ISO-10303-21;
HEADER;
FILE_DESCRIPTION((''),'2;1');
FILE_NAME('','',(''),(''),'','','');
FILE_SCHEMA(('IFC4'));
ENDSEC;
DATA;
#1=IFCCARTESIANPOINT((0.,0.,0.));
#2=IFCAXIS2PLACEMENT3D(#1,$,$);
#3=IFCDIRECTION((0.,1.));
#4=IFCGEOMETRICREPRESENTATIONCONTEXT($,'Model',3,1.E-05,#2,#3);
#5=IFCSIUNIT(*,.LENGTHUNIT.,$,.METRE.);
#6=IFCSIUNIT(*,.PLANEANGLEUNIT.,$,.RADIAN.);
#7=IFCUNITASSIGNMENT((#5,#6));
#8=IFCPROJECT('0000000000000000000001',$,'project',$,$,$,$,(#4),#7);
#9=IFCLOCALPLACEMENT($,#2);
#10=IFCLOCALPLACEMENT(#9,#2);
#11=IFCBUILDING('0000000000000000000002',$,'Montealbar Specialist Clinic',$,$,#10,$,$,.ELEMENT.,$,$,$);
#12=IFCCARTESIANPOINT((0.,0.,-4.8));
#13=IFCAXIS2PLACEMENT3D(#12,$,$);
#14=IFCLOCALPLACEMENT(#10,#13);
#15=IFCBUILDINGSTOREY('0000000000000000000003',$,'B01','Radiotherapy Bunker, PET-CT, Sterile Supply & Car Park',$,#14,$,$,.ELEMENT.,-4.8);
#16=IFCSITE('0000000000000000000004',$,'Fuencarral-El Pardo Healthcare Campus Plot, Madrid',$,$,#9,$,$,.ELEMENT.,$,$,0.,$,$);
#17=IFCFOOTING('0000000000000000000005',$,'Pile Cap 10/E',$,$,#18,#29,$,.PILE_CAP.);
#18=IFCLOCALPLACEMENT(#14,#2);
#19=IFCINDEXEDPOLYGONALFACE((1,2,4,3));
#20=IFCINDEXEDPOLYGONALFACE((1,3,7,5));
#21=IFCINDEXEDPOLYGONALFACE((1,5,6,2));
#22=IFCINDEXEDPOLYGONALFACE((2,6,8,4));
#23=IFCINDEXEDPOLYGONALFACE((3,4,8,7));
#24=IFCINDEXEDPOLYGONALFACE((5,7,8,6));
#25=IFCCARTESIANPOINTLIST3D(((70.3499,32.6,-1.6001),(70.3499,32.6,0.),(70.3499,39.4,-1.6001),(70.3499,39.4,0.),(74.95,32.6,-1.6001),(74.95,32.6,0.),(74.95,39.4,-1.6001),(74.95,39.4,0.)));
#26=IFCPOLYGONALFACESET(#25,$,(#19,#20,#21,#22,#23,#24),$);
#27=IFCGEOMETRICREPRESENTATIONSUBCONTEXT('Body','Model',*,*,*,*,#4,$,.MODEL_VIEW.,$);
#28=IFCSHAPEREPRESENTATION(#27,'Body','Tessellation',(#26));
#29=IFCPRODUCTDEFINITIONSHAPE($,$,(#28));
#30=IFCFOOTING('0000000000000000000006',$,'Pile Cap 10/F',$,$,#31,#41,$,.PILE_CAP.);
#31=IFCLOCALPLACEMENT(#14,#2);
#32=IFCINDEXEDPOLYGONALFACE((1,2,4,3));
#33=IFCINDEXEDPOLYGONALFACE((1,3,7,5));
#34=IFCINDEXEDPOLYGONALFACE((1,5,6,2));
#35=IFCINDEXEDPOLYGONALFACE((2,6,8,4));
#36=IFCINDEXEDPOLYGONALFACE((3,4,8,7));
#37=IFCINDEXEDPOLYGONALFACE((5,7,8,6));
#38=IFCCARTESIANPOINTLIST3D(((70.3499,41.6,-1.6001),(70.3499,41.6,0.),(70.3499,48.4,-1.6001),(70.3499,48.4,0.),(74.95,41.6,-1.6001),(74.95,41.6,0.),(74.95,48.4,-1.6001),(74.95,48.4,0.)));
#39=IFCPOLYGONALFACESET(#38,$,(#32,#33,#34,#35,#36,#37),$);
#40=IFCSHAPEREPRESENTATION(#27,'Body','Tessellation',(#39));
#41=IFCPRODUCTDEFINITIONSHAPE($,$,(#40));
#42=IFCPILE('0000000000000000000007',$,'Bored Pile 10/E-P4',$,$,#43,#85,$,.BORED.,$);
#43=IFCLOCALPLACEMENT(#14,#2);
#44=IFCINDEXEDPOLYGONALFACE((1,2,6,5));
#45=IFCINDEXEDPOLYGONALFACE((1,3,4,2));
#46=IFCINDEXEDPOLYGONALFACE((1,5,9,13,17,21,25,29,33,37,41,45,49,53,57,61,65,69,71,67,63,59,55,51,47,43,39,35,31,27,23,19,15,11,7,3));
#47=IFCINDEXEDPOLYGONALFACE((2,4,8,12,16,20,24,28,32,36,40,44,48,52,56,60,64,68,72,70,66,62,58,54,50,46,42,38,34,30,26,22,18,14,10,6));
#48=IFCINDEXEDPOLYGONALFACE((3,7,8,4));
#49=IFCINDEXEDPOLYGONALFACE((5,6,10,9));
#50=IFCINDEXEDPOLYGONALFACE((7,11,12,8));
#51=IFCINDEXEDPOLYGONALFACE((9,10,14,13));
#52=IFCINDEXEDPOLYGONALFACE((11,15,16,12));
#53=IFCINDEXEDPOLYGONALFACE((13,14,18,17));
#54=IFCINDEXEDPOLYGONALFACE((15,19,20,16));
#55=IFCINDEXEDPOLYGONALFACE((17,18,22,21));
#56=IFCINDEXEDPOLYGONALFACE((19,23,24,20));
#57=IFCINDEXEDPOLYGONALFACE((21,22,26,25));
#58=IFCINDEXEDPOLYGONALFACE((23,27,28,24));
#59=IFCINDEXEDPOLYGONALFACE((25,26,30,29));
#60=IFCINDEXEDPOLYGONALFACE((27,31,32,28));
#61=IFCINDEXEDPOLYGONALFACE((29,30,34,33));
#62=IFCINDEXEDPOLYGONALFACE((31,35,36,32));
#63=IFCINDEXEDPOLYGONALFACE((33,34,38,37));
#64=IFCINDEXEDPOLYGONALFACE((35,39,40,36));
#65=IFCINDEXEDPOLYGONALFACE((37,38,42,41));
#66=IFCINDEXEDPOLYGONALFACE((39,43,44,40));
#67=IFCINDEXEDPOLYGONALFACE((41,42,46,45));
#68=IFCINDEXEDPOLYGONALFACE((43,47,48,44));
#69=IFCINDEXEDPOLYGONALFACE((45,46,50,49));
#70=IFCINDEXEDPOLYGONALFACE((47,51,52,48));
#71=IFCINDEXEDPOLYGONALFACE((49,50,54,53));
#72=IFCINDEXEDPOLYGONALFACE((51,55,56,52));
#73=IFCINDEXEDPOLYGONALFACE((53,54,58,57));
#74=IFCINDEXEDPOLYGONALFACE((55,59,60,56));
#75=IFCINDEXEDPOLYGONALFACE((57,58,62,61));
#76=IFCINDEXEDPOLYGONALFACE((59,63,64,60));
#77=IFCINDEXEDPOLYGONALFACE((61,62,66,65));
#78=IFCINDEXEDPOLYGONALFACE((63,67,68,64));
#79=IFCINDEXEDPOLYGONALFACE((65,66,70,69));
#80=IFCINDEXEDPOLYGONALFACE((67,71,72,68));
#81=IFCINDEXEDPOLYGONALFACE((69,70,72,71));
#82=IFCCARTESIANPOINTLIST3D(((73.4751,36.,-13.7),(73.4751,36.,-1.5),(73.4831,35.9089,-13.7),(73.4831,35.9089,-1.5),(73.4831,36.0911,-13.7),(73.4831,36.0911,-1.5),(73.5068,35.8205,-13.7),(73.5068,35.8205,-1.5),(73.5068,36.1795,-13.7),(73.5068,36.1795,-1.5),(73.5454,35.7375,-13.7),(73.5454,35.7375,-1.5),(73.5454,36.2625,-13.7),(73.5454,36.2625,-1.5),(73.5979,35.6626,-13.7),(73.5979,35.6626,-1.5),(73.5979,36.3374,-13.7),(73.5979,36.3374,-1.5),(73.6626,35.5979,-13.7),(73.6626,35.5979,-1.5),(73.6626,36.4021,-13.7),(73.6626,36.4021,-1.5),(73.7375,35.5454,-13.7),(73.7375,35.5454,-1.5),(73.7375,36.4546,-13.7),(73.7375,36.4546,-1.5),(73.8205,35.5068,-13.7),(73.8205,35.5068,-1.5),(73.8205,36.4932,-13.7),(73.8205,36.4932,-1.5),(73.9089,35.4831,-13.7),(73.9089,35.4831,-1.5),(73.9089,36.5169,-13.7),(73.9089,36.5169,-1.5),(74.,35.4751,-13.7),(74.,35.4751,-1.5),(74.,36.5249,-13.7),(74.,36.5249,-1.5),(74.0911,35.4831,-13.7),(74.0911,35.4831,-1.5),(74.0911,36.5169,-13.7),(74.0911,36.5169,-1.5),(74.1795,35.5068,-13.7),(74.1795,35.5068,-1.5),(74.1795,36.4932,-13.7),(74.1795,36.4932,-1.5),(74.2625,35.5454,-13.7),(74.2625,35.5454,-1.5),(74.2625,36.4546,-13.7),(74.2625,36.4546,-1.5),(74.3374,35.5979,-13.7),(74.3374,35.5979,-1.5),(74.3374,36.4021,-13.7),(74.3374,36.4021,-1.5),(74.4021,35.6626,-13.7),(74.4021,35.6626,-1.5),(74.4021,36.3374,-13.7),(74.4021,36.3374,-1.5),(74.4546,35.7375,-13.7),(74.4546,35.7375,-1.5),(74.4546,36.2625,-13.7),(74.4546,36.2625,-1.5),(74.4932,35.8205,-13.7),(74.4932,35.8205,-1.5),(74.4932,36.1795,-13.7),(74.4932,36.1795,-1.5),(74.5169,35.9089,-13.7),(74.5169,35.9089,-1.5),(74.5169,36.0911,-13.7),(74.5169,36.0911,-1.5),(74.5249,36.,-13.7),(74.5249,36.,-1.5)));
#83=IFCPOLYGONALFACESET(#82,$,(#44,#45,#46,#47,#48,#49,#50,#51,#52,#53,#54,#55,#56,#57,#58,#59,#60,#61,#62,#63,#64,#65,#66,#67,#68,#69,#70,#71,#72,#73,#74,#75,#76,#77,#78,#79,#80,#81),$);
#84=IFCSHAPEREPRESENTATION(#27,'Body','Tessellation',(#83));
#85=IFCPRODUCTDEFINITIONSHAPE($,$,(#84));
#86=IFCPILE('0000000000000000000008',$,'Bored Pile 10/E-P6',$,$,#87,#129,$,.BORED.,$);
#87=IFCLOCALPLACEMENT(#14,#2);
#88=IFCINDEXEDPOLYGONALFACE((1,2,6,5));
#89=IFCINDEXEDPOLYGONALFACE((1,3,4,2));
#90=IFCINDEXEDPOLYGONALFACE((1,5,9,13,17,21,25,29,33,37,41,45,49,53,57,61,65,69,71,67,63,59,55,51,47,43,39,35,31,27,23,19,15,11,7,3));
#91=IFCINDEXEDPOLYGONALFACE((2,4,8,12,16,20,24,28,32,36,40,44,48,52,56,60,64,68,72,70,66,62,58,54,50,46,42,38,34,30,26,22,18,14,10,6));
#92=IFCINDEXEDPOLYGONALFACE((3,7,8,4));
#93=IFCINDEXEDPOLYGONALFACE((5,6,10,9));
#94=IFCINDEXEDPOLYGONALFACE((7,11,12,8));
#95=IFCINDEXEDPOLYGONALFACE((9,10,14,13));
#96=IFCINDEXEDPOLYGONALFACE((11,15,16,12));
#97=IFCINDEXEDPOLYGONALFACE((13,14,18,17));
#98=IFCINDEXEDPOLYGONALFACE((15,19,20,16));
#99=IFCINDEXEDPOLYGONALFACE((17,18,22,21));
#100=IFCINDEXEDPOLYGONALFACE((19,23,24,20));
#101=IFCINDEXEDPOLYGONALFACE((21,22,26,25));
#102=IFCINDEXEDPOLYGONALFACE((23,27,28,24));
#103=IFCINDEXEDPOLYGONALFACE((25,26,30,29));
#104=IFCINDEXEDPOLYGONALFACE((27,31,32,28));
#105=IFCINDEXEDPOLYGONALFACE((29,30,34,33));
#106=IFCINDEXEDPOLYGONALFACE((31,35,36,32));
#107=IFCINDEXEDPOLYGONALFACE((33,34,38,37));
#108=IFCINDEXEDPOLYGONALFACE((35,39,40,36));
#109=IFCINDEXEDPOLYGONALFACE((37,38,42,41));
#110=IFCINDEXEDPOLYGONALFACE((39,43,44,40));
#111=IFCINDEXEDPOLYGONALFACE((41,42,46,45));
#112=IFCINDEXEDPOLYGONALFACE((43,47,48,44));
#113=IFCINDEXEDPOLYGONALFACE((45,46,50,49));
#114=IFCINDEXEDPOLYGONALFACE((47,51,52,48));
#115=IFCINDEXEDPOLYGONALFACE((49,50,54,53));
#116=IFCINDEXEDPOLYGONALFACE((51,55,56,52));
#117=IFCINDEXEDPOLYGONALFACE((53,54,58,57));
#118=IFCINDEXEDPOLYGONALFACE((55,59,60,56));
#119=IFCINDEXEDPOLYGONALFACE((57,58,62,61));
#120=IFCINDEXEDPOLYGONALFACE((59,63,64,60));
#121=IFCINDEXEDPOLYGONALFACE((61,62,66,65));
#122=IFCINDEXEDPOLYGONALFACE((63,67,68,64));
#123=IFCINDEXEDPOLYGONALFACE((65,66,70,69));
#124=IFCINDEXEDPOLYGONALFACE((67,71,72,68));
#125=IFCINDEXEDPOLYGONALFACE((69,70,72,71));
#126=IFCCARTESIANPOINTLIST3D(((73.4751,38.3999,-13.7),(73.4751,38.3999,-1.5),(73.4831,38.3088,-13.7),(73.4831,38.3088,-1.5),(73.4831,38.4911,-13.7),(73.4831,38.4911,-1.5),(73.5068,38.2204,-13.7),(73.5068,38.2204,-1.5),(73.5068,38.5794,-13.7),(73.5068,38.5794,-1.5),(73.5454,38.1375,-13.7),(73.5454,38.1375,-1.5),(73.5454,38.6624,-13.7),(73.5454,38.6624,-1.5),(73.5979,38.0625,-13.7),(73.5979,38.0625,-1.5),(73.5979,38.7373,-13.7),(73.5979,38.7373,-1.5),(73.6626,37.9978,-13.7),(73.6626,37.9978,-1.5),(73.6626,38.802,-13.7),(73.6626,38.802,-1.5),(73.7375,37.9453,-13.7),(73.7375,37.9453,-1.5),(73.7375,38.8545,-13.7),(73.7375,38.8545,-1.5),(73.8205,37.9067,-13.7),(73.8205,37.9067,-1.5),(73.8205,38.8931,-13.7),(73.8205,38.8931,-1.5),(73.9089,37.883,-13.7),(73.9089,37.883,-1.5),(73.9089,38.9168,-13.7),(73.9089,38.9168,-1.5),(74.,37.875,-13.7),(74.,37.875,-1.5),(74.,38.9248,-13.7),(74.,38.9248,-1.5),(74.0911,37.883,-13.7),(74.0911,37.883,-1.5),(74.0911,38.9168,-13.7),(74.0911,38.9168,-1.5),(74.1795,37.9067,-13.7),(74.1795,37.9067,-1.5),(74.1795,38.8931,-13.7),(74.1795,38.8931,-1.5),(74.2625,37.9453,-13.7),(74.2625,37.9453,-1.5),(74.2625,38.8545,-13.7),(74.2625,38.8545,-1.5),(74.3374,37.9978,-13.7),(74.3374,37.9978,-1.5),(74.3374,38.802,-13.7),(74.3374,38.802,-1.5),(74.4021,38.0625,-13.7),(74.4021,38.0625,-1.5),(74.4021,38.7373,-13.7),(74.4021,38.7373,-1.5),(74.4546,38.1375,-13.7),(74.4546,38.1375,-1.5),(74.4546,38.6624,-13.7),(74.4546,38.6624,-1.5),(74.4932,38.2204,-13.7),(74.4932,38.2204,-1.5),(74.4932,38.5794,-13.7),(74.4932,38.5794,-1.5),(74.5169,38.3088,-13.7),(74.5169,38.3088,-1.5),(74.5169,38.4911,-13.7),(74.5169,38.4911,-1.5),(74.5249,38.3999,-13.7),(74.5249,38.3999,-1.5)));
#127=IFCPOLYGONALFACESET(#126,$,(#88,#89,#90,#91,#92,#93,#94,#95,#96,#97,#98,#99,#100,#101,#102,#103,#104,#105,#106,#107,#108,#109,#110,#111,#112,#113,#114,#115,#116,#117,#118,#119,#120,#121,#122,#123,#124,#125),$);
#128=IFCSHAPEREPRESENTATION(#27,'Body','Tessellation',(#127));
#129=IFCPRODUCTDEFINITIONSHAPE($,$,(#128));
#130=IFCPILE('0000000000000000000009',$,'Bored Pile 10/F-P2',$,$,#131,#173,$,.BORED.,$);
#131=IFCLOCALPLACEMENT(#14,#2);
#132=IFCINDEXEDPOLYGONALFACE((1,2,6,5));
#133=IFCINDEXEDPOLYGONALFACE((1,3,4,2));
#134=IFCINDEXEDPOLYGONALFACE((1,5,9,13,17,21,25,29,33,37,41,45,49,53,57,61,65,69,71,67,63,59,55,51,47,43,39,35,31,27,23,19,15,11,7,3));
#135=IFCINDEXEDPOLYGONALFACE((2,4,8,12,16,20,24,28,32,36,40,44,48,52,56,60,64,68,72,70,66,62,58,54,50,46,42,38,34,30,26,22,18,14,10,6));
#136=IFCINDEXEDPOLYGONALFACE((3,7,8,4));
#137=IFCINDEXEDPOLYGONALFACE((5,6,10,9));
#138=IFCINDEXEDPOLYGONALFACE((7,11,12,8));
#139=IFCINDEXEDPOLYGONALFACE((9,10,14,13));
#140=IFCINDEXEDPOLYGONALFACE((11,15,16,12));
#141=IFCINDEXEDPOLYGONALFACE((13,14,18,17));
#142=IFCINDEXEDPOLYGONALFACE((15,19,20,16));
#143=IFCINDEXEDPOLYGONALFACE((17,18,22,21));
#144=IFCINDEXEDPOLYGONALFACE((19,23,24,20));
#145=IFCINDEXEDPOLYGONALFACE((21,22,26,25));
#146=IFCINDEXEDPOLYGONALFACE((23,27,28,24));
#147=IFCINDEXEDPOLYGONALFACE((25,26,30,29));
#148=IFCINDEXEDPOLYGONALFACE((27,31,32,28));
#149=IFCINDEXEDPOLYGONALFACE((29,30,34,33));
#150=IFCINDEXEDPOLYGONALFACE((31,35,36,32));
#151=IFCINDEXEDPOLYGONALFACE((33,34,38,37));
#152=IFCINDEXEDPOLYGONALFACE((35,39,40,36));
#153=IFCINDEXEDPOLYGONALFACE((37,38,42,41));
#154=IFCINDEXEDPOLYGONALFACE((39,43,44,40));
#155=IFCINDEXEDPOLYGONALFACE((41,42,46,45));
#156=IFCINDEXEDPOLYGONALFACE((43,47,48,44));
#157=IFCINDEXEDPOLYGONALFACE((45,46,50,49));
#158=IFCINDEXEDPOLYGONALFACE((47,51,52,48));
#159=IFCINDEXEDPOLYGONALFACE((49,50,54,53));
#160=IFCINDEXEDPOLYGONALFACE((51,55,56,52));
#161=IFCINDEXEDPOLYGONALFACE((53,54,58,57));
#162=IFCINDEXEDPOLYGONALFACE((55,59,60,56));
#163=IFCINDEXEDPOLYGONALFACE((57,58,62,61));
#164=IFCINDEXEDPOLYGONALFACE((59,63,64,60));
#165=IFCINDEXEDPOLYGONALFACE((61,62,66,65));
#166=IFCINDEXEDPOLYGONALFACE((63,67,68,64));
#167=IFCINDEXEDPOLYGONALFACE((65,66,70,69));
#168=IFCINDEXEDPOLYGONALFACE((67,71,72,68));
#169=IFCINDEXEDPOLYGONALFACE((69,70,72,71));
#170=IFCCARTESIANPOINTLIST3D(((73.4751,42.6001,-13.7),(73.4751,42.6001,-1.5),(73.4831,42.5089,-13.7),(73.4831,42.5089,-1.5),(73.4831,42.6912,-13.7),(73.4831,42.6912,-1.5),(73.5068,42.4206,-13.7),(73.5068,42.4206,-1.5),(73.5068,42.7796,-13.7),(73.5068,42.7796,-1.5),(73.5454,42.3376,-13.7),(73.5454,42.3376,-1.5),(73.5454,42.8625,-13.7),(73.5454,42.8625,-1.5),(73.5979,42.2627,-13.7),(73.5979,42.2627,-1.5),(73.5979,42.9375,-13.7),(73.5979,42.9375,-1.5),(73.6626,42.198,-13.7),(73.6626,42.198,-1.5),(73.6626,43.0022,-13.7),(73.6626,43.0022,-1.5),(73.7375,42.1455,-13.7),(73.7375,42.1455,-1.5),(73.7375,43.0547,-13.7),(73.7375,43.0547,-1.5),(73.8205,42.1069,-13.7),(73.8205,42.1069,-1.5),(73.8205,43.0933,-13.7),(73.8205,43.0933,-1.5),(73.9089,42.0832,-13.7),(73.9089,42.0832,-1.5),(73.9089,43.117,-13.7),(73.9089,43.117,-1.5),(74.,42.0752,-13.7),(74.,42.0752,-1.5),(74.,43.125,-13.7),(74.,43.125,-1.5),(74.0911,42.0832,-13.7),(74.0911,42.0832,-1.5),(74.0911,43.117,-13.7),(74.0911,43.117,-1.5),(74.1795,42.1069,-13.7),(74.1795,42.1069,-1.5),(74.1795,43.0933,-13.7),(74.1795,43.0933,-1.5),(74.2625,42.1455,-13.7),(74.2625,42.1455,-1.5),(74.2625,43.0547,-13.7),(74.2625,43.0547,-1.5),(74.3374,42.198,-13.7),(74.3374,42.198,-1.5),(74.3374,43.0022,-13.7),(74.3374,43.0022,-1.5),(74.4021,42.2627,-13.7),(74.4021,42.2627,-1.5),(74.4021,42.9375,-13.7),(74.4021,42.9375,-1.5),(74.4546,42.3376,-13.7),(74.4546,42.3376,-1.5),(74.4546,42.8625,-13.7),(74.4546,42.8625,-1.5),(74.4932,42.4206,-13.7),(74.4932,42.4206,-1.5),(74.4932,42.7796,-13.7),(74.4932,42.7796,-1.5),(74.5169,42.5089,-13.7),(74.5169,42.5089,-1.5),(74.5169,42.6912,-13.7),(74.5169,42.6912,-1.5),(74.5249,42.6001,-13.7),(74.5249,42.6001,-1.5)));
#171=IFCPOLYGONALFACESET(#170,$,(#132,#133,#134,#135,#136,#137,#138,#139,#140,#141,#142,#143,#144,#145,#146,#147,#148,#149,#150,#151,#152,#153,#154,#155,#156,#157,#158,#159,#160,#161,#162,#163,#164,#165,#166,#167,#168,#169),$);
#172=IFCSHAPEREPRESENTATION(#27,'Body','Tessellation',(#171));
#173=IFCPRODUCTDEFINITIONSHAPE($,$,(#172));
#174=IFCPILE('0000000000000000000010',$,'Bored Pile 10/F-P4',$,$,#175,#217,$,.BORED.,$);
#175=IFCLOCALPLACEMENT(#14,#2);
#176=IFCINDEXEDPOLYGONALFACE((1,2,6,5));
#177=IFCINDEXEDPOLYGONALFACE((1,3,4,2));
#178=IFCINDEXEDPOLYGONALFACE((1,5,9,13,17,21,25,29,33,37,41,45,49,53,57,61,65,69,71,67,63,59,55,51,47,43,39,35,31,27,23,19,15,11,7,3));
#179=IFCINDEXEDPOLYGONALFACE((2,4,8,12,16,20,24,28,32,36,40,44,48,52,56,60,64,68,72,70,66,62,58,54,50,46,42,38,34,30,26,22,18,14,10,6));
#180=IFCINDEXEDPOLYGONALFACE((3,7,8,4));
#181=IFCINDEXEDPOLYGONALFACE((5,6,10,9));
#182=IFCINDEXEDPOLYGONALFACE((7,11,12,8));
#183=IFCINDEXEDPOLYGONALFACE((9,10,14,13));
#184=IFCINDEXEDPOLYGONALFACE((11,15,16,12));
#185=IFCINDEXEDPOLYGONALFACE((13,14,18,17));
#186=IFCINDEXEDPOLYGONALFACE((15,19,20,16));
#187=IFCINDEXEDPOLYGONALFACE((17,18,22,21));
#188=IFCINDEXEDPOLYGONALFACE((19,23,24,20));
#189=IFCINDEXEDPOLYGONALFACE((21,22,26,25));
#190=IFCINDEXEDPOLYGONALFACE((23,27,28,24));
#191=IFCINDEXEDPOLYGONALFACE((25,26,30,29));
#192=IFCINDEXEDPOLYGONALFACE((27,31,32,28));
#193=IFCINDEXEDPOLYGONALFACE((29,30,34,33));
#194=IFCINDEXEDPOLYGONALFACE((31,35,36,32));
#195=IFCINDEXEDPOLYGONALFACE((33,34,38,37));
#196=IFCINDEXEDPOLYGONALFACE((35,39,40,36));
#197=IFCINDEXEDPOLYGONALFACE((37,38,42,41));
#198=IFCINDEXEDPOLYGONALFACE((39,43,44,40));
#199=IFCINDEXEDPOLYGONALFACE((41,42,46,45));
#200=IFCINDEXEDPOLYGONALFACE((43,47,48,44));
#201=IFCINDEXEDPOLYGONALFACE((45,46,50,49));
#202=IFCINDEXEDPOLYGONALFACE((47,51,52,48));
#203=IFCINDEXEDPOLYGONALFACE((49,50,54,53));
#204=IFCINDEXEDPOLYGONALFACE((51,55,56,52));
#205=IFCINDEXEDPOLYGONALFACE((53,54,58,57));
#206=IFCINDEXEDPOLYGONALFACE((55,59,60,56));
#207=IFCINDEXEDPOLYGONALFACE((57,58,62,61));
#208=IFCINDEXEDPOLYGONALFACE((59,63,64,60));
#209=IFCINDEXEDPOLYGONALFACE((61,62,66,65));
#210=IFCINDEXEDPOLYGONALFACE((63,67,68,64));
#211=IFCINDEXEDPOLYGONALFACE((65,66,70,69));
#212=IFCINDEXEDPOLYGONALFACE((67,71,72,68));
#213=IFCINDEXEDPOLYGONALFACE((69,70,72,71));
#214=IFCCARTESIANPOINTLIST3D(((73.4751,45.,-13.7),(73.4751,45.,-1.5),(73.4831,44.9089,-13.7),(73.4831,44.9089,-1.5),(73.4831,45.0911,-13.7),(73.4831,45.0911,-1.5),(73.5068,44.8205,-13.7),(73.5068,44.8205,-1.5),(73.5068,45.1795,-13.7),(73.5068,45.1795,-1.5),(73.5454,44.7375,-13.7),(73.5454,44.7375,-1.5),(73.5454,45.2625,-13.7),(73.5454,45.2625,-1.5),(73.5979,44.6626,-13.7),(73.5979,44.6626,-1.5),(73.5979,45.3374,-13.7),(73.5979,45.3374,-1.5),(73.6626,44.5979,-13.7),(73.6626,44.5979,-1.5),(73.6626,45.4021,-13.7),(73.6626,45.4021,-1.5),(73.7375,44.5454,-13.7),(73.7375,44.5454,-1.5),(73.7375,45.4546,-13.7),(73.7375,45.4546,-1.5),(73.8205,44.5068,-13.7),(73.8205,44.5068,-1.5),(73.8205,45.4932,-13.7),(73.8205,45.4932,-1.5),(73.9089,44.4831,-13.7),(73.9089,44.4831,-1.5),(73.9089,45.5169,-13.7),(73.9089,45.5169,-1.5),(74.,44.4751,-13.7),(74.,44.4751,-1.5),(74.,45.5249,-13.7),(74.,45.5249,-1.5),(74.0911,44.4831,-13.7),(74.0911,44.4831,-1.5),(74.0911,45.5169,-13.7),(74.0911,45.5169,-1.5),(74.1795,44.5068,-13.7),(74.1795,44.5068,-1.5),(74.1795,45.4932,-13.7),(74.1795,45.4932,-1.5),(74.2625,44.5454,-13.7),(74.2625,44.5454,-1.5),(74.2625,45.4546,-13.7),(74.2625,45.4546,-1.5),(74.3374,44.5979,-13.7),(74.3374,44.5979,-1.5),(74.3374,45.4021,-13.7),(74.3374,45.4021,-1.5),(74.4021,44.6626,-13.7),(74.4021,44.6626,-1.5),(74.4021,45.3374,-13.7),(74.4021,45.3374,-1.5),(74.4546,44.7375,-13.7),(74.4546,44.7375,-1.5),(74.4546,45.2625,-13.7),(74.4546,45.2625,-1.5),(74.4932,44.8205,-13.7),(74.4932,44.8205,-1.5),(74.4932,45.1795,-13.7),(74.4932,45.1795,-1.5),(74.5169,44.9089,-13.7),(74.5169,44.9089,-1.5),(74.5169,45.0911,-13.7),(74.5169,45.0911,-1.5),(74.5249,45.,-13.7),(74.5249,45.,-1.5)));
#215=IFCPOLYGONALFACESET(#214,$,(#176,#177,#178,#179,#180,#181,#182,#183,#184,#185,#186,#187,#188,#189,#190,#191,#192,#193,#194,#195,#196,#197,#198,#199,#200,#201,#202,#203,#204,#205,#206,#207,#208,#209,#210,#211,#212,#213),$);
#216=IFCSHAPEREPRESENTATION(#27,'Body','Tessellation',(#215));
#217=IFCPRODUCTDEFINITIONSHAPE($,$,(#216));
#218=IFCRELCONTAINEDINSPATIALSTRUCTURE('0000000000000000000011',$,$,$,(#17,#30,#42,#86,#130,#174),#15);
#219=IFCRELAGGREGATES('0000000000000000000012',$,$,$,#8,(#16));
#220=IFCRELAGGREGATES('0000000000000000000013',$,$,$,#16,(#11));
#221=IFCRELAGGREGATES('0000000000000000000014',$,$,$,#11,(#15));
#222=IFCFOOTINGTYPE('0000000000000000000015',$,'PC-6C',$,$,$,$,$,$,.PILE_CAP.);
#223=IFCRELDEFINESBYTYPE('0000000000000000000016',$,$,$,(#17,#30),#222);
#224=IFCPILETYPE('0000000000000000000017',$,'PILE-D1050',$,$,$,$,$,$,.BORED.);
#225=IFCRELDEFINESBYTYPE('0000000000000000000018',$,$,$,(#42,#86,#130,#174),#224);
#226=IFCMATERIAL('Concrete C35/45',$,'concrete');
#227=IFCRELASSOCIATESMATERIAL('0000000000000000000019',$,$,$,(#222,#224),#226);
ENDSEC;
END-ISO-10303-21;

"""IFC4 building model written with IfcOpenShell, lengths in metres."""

from ifc_helpers import new_model, si_unit, direction, frame, origin, origin_2d, place, context, subcontext, project, spatial, rectangle, circle, extrude, material, material_profile, profile_set, type_object, element, save


model = new_model("IFC4")

# Units and contexts
model_context = context("Model", 3, precision=1e-05, world=origin(), true_north=direction((0.0, 1.0)))
body_context = subcontext(model_context, "Body", "Model", "MODEL_VIEW")
ifc_project = project(units=[si_unit("LENGTHUNIT", "METRE"), si_unit("PLANEANGLEUNIT", "RADIAN")], contexts=[model_context])

# Site, building, storey
site_placement = place(None, origin())
site = spatial("IfcSite", under=ifc_project, at=site_placement, Name="Fuencarral-El Pardo Healthcare Campus Plot, Madrid", CompositionType="ELEMENT", RefElevation=0.0)
building_placement = place(site_placement, origin())
building = spatial("IfcBuilding", under=site, at=building_placement, Name="Montealbar Specialist Clinic", CompositionType="ELEMENT")
storey_placement = place(building_placement, frame((0.0, 0.0, -4.8)))
storey = spatial("IfcBuildingStorey", under=building, at=storey_placement, Name="B01", Description="Radiotherapy Bunker, PET-CT, Sterile Supply & Car Park", CompositionType="ELEMENT", Elevation=-4.8)

# Footings
ifc_material_1 = material(Name="Concrete C35/45", Category="concrete")
footing_type = type_object("IfcFootingType", Name="PC-6C", PredefinedType="PILE_CAP", material=ifc_material_1)
for number, where, z_axis, x_axis, name in (
    (1, (72.6499, 36.0, -1.6001), (0.0, 0.0, 1.0), (1.0, 0.0, 0.0), "Pile Cap 10/E"),
    (2, (72.6499, 45.0, -1.6001), (0.0, 0.0, 1.0), (1.0, 0.0, 0.0), "Pile Cap 10/F"),
):
    element("IfcFooting", number, at=place(storey_placement, frame(where, z_axis=z_axis, x_axis=x_axis)), inside=storey, type_object=footing_type, Name=name, PredefinedType="PILE_CAP", context=body_context, shape_type="SweptSolid", body=[
        extrude(rectangle(XDim=4.6001, YDim=6.8, at=origin_2d()), origin(), (0.0, 0.0, 1.0), 1.6001),
    ])

# Piles
ifc_material_profile_1 = material_profile(ifc_material_1, circle(Radius=0.5249, at=origin_2d()), Name="PILE D1050", Category="concrete")
ifc_profile_set_1 = profile_set([ifc_material_profile_1], Name="Concrete C35/45")
pile_type = type_object("IfcPileType", Name="PILE-D1050", PredefinedType="BORED", material=ifc_profile_set_1)
for number, where, z_axis, x_axis, name in (
    (3, (74.0, 36.0, -1.5), (0.0, 0.0, -1.0), (1.0, 0.0, 0.0), "Bored Pile 10/E-P4"),
    (4, (74.0, 38.3999, -1.5), (0.0, 0.0, -1.0), (1.0, 0.0, 0.0), "Bored Pile 10/E-P6"),
    (5, (74.0, 42.6001, -1.5), (0.0, 0.0, -1.0), (1.0, 0.0, 0.0), "Bored Pile 10/F-P2"),
    (6, (74.0, 45.0, -1.5), (0.0, 0.0, -1.0), (1.0, 0.0, 0.0), "Bored Pile 10/F-P4"),
):
    element("IfcPile", number, at=place(storey_placement, frame(where, z_axis=z_axis, x_axis=x_axis)), inside=storey, type_object=pile_type, Name=name, PredefinedType="BORED", context=body_context, shape_type="SweptSolid", body=[
        extrude(circle(Radius=0.5249, at=origin_2d()), origin(), (0.0, 0.0, 1.0), 12.2),
    ])

save(model, "model.ifc")
